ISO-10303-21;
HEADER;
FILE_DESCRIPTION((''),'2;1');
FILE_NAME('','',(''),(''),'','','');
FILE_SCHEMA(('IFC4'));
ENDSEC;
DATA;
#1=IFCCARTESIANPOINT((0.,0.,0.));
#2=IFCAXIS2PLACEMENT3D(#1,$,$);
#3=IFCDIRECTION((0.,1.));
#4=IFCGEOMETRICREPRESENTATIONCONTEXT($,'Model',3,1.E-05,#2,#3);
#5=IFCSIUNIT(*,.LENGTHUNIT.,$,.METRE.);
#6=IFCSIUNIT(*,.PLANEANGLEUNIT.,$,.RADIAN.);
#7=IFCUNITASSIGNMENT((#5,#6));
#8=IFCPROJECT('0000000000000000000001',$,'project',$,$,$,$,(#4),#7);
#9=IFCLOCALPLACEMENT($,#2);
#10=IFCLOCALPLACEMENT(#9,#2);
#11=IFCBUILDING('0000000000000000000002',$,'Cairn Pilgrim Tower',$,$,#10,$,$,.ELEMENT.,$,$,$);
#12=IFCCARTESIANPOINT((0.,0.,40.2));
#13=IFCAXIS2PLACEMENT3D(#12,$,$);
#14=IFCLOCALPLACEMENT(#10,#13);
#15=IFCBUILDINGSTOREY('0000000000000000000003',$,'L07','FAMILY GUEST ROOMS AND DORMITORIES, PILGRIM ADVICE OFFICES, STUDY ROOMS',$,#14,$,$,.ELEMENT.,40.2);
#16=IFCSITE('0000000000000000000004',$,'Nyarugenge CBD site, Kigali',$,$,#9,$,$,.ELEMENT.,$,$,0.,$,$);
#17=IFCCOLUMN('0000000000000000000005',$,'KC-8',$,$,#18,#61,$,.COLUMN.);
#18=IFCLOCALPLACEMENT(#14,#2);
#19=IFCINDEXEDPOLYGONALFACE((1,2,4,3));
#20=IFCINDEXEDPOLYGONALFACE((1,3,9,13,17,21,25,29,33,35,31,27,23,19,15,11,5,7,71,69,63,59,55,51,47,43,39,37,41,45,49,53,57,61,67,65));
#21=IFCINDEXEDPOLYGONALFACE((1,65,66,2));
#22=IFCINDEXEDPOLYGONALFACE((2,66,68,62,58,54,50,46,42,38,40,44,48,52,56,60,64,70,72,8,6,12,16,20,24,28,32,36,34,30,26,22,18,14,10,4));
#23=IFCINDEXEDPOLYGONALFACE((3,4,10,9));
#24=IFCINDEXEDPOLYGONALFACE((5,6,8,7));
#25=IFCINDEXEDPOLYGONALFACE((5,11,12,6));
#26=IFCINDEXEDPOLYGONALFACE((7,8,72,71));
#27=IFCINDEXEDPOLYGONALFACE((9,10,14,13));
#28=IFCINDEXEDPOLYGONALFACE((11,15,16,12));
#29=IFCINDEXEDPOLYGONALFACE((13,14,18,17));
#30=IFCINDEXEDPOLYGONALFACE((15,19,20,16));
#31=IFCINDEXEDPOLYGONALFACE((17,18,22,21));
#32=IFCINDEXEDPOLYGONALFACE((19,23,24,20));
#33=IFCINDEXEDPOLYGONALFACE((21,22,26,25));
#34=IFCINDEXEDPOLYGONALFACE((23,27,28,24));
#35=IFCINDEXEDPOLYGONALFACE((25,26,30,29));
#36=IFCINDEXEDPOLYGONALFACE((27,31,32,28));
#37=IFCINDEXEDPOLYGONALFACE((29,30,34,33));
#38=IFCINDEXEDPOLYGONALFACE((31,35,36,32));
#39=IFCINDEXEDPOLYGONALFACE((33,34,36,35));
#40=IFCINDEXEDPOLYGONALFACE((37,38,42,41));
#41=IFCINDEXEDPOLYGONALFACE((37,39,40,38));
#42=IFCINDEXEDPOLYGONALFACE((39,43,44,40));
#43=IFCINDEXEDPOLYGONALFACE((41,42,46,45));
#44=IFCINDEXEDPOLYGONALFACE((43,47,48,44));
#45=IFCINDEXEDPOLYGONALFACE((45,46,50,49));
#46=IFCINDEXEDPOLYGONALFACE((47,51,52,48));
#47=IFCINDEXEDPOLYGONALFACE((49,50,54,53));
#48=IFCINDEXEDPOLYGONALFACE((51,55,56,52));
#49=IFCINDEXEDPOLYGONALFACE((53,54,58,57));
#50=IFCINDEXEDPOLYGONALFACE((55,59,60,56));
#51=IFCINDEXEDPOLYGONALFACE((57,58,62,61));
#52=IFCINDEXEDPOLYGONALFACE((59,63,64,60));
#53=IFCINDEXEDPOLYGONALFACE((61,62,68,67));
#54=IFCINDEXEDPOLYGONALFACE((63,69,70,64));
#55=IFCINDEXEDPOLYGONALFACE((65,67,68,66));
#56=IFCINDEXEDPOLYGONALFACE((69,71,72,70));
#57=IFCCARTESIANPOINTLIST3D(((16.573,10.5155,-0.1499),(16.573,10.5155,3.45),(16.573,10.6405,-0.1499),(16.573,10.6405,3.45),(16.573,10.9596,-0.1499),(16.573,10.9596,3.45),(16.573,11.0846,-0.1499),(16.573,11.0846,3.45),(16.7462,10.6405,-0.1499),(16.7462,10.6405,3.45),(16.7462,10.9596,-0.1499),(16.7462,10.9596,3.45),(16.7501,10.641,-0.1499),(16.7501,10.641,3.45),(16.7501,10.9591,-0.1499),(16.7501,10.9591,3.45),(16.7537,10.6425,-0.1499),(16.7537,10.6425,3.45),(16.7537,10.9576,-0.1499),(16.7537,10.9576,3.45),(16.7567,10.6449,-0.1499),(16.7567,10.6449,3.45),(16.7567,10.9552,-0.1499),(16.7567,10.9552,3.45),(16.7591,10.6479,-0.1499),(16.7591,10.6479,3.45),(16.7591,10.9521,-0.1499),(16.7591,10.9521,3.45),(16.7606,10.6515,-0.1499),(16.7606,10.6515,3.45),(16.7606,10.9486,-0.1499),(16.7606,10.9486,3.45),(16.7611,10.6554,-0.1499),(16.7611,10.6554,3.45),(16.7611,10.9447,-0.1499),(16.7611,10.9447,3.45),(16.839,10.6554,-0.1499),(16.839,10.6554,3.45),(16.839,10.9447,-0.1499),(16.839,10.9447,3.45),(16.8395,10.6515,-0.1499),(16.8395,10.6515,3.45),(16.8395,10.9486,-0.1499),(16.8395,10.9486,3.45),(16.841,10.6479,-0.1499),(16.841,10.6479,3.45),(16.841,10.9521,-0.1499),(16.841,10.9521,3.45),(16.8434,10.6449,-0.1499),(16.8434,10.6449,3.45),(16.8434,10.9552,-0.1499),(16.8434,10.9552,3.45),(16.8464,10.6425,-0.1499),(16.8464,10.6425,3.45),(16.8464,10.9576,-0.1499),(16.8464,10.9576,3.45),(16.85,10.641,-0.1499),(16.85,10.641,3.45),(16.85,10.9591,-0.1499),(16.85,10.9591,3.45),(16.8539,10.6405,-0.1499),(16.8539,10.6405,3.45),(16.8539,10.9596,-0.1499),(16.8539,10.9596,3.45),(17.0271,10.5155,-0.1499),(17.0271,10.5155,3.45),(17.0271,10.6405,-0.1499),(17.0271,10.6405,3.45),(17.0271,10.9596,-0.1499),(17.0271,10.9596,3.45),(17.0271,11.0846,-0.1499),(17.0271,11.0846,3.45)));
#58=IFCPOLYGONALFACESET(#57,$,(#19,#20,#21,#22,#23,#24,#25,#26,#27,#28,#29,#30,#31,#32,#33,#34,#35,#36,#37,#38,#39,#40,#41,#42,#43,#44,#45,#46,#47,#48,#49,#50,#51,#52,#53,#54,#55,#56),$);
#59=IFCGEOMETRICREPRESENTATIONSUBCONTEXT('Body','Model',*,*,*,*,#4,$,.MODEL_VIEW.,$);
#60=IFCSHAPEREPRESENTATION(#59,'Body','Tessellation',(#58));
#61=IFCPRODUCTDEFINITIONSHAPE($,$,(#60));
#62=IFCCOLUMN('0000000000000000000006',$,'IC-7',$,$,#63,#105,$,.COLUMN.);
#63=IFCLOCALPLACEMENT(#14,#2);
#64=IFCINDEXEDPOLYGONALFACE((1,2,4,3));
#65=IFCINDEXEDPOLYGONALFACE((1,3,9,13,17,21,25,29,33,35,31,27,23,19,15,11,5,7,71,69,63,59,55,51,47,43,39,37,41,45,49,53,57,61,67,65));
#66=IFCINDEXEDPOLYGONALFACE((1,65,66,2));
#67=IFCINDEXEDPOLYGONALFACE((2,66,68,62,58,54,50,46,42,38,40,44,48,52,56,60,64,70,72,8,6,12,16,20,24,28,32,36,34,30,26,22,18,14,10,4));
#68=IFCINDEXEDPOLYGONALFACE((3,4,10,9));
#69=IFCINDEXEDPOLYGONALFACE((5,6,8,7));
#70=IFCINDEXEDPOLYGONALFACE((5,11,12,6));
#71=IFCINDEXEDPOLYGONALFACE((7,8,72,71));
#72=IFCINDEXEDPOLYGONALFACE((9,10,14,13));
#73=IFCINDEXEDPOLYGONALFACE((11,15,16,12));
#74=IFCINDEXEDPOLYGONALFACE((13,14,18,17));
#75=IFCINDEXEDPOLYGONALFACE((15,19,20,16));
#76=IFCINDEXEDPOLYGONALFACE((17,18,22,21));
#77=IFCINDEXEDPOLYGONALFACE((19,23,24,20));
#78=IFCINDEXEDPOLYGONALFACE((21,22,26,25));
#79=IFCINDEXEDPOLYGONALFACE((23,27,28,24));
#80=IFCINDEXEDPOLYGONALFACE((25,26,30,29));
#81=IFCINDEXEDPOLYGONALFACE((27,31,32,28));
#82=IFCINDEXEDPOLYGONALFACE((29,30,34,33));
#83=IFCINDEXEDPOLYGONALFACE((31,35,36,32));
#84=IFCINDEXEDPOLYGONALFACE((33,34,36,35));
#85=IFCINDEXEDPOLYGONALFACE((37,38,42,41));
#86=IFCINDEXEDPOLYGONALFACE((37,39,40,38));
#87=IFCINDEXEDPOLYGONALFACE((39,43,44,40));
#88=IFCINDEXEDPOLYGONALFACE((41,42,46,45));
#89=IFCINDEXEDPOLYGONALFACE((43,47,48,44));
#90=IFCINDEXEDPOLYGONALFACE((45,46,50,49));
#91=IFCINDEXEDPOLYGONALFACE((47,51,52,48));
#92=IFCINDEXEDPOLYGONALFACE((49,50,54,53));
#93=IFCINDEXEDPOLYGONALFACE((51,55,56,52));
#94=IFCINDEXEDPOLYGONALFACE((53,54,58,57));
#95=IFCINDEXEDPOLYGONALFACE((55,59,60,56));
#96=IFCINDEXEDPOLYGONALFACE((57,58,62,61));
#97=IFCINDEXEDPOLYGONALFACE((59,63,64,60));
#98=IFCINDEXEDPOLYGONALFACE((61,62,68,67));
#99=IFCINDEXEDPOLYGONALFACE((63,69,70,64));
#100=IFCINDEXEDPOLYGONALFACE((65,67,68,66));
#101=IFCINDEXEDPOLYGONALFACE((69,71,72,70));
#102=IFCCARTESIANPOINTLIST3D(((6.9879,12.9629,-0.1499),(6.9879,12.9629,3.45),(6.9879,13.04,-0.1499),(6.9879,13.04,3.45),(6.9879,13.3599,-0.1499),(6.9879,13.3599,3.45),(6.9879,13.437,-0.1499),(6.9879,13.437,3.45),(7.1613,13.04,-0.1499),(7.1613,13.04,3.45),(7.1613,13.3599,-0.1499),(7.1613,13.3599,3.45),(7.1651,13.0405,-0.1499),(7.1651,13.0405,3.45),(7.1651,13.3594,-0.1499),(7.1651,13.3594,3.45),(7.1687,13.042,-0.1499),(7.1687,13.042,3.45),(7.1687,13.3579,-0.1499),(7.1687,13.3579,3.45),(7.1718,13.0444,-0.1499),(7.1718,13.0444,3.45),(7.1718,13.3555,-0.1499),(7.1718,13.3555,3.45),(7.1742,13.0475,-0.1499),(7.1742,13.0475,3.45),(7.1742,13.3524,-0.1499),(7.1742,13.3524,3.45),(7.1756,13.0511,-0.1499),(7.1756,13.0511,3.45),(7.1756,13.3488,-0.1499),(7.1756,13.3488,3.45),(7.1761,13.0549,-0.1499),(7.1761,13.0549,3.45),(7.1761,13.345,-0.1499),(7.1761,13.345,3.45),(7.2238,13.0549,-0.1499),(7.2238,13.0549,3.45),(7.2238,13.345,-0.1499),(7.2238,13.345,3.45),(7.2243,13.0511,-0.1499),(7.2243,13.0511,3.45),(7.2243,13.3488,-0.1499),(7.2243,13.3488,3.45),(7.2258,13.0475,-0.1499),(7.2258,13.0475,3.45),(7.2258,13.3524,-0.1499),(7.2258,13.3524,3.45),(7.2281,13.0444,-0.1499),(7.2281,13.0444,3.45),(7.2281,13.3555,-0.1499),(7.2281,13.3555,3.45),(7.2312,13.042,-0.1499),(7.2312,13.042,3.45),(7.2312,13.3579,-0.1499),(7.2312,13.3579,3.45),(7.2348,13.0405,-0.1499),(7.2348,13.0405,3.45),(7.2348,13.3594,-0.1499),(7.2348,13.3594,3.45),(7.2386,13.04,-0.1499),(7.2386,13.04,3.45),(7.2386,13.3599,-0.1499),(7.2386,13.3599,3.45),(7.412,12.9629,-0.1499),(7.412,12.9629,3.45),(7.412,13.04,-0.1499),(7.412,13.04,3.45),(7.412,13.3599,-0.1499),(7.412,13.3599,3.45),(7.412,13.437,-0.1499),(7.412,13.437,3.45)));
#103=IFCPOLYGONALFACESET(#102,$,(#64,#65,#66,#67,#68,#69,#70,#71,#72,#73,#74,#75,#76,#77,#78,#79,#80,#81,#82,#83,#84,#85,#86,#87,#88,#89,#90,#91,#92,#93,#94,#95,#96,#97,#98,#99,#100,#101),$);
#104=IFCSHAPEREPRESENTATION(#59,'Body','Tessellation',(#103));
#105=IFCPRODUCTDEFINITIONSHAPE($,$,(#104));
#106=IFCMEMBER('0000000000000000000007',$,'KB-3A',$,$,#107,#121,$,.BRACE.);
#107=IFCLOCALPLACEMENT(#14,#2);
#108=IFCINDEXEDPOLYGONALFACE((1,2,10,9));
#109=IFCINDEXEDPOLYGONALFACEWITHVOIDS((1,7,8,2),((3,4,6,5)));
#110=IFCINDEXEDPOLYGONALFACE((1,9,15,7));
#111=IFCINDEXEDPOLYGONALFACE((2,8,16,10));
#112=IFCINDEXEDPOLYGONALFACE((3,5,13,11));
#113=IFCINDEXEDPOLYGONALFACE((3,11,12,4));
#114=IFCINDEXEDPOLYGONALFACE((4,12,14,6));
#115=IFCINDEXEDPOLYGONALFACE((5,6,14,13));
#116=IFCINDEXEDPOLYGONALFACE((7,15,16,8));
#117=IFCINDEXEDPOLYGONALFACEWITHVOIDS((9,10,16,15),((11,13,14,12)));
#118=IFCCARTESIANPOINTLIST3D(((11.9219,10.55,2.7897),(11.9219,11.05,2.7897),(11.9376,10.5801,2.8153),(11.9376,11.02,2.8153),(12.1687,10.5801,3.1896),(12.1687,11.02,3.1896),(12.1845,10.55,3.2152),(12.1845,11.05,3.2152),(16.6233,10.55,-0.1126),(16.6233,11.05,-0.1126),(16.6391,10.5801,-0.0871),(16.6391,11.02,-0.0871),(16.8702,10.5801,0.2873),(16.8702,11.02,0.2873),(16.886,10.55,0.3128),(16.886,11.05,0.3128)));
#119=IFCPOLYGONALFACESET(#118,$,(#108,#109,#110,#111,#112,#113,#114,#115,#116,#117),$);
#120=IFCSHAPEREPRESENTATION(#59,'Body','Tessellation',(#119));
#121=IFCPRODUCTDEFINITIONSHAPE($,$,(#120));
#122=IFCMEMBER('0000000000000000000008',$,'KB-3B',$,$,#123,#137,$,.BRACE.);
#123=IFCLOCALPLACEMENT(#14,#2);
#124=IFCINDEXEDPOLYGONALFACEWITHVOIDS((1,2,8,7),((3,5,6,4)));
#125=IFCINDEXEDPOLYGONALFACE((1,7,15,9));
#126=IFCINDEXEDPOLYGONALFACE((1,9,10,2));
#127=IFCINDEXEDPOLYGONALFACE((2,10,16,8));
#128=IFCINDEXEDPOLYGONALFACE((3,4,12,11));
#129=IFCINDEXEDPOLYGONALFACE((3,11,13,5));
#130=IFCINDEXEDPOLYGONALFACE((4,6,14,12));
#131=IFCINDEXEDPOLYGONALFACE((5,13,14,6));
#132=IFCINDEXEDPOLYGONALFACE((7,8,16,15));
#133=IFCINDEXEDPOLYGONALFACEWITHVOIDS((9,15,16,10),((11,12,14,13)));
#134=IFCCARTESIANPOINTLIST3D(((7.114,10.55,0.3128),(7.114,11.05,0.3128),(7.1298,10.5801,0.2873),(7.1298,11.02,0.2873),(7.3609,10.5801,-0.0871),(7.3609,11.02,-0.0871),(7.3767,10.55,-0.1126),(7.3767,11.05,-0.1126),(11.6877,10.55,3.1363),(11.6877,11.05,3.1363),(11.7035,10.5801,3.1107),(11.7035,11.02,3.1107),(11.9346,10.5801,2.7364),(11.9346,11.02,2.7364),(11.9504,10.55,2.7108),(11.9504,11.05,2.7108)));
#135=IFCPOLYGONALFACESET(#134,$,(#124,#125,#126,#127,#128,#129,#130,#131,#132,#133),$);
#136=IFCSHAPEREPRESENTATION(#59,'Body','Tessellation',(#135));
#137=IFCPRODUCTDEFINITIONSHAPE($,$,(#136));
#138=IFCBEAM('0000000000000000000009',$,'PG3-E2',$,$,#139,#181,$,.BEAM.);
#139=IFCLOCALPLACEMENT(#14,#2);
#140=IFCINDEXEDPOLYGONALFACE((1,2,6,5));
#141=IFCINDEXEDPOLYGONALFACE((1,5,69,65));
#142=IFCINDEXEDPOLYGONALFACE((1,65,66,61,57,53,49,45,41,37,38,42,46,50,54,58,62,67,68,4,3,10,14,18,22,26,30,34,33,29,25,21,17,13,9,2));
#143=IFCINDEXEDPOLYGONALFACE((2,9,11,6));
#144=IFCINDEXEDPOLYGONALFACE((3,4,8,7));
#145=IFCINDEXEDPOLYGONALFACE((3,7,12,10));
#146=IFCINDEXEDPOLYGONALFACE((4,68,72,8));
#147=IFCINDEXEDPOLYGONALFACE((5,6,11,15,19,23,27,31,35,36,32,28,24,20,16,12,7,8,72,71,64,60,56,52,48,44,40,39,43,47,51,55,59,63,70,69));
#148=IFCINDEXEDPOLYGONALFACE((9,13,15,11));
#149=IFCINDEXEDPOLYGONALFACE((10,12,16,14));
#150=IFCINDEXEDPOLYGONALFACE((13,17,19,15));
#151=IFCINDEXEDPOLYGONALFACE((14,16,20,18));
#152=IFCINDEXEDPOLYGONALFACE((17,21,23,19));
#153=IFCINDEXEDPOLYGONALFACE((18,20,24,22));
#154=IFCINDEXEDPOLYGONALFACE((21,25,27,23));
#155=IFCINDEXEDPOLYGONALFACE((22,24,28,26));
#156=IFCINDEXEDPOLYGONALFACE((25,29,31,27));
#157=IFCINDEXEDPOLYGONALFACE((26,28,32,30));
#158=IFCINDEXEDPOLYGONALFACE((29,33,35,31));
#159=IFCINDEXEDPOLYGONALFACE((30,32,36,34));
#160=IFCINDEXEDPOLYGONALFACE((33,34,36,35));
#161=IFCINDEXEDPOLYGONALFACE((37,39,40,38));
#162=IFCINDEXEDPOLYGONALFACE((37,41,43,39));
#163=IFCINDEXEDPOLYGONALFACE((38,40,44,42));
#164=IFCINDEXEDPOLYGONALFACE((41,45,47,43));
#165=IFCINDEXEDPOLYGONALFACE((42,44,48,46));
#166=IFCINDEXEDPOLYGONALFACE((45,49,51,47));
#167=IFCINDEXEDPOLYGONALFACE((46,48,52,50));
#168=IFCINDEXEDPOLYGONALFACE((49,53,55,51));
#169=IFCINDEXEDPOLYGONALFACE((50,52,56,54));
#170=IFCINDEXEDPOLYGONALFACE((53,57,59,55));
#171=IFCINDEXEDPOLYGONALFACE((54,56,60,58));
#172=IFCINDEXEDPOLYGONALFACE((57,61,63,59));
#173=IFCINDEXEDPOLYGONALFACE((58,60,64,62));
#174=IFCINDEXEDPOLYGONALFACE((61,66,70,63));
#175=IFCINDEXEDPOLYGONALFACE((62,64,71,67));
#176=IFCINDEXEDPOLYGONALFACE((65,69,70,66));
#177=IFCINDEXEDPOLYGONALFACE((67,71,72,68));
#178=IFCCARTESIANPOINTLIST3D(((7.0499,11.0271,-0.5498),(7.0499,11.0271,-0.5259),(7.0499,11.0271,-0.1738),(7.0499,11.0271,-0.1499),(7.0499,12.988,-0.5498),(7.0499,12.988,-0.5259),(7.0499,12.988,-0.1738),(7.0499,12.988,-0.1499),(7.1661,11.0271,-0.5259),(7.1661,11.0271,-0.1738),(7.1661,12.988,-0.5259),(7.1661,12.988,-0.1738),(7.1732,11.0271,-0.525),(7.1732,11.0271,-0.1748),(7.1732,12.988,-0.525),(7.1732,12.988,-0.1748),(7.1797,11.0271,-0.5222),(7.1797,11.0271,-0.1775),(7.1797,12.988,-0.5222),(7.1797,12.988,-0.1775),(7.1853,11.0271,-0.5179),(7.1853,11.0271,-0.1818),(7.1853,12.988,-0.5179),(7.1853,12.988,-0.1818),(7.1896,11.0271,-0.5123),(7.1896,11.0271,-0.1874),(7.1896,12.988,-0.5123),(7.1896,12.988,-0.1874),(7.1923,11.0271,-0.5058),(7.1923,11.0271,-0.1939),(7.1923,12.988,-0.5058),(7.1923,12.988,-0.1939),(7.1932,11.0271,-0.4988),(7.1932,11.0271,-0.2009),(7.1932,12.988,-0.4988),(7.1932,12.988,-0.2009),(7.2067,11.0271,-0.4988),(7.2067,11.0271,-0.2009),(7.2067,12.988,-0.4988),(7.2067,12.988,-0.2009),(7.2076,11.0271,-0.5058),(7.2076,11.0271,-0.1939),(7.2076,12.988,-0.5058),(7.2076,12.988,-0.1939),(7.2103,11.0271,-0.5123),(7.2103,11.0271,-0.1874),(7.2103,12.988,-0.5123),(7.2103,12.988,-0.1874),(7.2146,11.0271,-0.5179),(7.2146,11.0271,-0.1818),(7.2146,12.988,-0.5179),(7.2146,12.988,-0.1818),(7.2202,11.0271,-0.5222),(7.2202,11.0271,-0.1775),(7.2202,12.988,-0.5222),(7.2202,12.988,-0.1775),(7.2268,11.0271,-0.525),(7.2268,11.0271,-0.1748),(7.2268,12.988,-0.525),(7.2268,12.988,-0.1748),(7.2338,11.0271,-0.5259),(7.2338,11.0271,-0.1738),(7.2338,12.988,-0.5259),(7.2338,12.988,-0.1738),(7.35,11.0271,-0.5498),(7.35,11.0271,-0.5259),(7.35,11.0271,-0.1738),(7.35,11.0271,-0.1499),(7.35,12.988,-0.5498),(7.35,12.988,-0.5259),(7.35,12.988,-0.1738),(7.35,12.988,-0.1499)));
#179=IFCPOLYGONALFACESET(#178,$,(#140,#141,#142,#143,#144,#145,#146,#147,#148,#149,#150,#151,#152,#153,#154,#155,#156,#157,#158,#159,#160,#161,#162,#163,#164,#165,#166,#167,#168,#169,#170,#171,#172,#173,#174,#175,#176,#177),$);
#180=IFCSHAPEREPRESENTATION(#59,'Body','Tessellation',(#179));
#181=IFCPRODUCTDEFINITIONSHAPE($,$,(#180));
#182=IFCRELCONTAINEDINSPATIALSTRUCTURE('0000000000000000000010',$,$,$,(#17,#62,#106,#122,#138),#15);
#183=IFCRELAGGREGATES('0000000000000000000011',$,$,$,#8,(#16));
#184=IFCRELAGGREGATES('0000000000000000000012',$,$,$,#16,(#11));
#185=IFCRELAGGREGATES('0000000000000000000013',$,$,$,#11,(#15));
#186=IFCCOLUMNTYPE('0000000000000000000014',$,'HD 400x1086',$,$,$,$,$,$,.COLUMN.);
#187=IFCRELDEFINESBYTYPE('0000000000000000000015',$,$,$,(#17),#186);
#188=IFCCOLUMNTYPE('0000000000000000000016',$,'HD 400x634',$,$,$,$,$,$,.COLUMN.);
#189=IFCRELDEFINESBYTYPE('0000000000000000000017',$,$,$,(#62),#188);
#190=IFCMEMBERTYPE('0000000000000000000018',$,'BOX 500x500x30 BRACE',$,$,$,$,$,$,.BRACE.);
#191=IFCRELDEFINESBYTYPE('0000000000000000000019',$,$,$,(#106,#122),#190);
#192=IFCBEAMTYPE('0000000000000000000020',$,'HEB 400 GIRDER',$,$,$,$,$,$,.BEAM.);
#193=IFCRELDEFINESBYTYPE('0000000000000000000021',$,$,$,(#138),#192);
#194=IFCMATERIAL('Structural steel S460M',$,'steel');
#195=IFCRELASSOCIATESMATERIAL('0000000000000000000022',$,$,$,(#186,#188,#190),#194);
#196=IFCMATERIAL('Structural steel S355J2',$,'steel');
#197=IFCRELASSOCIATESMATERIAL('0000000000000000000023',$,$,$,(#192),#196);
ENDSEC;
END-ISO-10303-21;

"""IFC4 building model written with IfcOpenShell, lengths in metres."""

from ifc_helpers import new_model, si_unit, direction, frame, origin, origin_2d, place, context, subcontext, project, spatial, hollow_rectangle, i_section, extrude, material, material_profile, profile_set, type_object, element, save


model = new_model("IFC4")

# Units and contexts
model_context = context("Model", 3, precision=1e-05, world=origin(), true_north=direction((0.0, 1.0)))
body_context = subcontext(model_context, "Body", "Model", "MODEL_VIEW")
ifc_project = project(units=[si_unit("LENGTHUNIT", "METRE"), si_unit("PLANEANGLEUNIT", "RADIAN")], contexts=[model_context])

# Site, building, storey
site_placement = place(None, origin())
site = spatial("IfcSite", under=ifc_project, at=site_placement, Name="Nyarugenge CBD site, Kigali", CompositionType="ELEMENT", RefElevation=0.0)
building_placement = place(site_placement, origin())
building = spatial("IfcBuilding", under=site, at=building_placement, Name="Cairn Pilgrim Tower", CompositionType="ELEMENT")
storey_placement = place(building_placement, frame((0.0, 0.0, 40.2)))
storey = spatial("IfcBuildingStorey", under=building, at=storey_placement, Name="L07", Description="FAMILY GUEST ROOMS AND DORMITORIES, PILGRIM ADVICE OFFICES, STUDY ROOMS", CompositionType="ELEMENT", Elevation=40.2)

# Columns
ifc_material_1 = material(Name="Structural steel S460M", Category="steel")
ifc_material_profile_1 = material_profile(ifc_material_1, i_section(OverallWidth=0.4541, OverallDepth=0.5691, WebThickness=0.0779, FlangeThickness=0.125, FilletRadius=0.0149, at=origin_2d()), Name="HD 400x1086")
ifc_profile_set_1 = profile_set([ifc_material_profile_1], Name="Structural steel S460M")
column_type_1 = type_object("IfcColumnType", Name="HD 400x1086", PredefinedType="COLUMN", material=ifc_profile_set_1)
column_1_placement = place(storey_placement, frame((16.8, 10.8, -0.1499), z_axis=(0.0, 0.0, 1.0), x_axis=(1.0, 0.0, 0.0)))
element("IfcColumn", 1, at=column_1_placement, inside=storey, type_object=column_type_1, Name="KC-8", PredefinedType="COLUMN", context=body_context, shape_type="SweptSolid", body=[
    extrude(i_section(OverallWidth=0.4541, OverallDepth=0.5691, WebThickness=0.0779, FlangeThickness=0.125, FilletRadius=0.0149, at=origin_2d()), origin(), (0.0, 0.0, 1.0), 3.5999),
])
ifc_material_profile_2 = material_profile(ifc_material_1, i_section(OverallWidth=0.4241, OverallDepth=0.4741, WebThickness=0.0476, FlangeThickness=0.0771, FilletRadius=0.0149, at=origin_2d()), Name="HD 400x634")
ifc_profile_set_2 = profile_set([ifc_material_profile_2], Name="Structural steel S460M")
column_type_2 = type_object("IfcColumnType", Name="HD 400x634", PredefinedType="COLUMN", material=ifc_profile_set_2)
column_2_placement = place(storey_placement, frame((7.2, 13.2, -0.1499), z_axis=(0.0, 0.0, 1.0), x_axis=(1.0, 0.0, 0.0)))
element("IfcColumn", 2, at=column_2_placement, inside=storey, type_object=column_type_2, Name="IC-7", PredefinedType="COLUMN", context=body_context, shape_type="SweptSolid", body=[
    extrude(i_section(OverallWidth=0.4241, OverallDepth=0.4741, WebThickness=0.0476, FlangeThickness=0.0771, FilletRadius=0.0149, at=origin_2d()), origin(), (0.0, 0.0, 1.0), 3.5999),
])

# Members
ifc_material_profile_3 = material_profile(ifc_material_1, hollow_rectangle(XDim=0.5, YDim=0.5, WallThickness=0.03, at=origin_2d()), Name="BOX 500x500x30")
ifc_profile_set_3 = profile_set([ifc_material_profile_3], Name="Structural steel S460M")
member_type = type_object("IfcMemberType", Name="BOX 500x500x30 BRACE", PredefinedType="BRACE", material=ifc_profile_set_3)
member_1_placement = place(storey_placement, frame((16.7546, 10.8, 0.1001), z_axis=(-0.850917, 0.0, 0.5253), x_axis=(0.0, -1.0, 0.0)))
element("IfcMember", 3, at=member_1_placement, inside=storey, type_object=member_type, Name="KB-3A", PredefinedType="BRACE", context=body_context, shape_type="SweptSolid", body=[
    extrude(hollow_rectangle(XDim=0.5, YDim=0.5, WallThickness=0.03, at=origin_2d()), origin(), (0.0, 0.0, 1.0), 5.5251),
])
member_2_placement = place(storey_placement, frame((7.2454, 10.8, 0.1001), z_axis=(0.85092, 0.0, 0.525296), x_axis=(0.0, 1.0, 0.0)))
element("IfcMember", 4, at=member_2_placement, inside=storey, type_object=member_type, Name="KB-3B", PredefinedType="BRACE", context=body_context, shape_type="SweptSolid", body=[
    extrude(hollow_rectangle(XDim=0.5, YDim=0.5, WallThickness=0.03, at=origin_2d()), origin(), (0.0, 0.0, 1.0), 5.375),
])

# Beam
ifc_material_2 = material(Name="Structural steel S355J2", Category="steel")
ifc_material_profile_4 = material_profile(ifc_material_2, i_section(OverallWidth=0.3, OverallDepth=0.3999, WebThickness=0.0134, FlangeThickness=0.0239, FilletRadius=0.0271, at=origin_2d()), Name="HEB 400")
ifc_profile_set_4 = profile_set([ifc_material_profile_4], Name="Structural steel S355J2")
beam_type_1 = type_object("IfcBeamType", Name="HEB 400 GIRDER", PredefinedType="BEAM", material=ifc_profile_set_4)
beam_1_placement = place(storey_placement, frame((7.2, 11.0271, -0.3499), z_axis=(0.0, 1.0, 0.0), x_axis=(-1.0, 0.0, 0.0)))
element("IfcBeam", 5, at=beam_1_placement, inside=storey, type_object=beam_type_1, Name="PG3-E2", PredefinedType="BEAM", context=body_context, shape_type="SweptSolid", body=[
    extrude(i_section(OverallWidth=0.3, OverallDepth=0.3999, WebThickness=0.0134, FlangeThickness=0.0239, FilletRadius=0.0271, at=origin_2d()), origin(), (0.0, 0.0, 1.0), 1.9609),
])

save(model, "model.ifc")
